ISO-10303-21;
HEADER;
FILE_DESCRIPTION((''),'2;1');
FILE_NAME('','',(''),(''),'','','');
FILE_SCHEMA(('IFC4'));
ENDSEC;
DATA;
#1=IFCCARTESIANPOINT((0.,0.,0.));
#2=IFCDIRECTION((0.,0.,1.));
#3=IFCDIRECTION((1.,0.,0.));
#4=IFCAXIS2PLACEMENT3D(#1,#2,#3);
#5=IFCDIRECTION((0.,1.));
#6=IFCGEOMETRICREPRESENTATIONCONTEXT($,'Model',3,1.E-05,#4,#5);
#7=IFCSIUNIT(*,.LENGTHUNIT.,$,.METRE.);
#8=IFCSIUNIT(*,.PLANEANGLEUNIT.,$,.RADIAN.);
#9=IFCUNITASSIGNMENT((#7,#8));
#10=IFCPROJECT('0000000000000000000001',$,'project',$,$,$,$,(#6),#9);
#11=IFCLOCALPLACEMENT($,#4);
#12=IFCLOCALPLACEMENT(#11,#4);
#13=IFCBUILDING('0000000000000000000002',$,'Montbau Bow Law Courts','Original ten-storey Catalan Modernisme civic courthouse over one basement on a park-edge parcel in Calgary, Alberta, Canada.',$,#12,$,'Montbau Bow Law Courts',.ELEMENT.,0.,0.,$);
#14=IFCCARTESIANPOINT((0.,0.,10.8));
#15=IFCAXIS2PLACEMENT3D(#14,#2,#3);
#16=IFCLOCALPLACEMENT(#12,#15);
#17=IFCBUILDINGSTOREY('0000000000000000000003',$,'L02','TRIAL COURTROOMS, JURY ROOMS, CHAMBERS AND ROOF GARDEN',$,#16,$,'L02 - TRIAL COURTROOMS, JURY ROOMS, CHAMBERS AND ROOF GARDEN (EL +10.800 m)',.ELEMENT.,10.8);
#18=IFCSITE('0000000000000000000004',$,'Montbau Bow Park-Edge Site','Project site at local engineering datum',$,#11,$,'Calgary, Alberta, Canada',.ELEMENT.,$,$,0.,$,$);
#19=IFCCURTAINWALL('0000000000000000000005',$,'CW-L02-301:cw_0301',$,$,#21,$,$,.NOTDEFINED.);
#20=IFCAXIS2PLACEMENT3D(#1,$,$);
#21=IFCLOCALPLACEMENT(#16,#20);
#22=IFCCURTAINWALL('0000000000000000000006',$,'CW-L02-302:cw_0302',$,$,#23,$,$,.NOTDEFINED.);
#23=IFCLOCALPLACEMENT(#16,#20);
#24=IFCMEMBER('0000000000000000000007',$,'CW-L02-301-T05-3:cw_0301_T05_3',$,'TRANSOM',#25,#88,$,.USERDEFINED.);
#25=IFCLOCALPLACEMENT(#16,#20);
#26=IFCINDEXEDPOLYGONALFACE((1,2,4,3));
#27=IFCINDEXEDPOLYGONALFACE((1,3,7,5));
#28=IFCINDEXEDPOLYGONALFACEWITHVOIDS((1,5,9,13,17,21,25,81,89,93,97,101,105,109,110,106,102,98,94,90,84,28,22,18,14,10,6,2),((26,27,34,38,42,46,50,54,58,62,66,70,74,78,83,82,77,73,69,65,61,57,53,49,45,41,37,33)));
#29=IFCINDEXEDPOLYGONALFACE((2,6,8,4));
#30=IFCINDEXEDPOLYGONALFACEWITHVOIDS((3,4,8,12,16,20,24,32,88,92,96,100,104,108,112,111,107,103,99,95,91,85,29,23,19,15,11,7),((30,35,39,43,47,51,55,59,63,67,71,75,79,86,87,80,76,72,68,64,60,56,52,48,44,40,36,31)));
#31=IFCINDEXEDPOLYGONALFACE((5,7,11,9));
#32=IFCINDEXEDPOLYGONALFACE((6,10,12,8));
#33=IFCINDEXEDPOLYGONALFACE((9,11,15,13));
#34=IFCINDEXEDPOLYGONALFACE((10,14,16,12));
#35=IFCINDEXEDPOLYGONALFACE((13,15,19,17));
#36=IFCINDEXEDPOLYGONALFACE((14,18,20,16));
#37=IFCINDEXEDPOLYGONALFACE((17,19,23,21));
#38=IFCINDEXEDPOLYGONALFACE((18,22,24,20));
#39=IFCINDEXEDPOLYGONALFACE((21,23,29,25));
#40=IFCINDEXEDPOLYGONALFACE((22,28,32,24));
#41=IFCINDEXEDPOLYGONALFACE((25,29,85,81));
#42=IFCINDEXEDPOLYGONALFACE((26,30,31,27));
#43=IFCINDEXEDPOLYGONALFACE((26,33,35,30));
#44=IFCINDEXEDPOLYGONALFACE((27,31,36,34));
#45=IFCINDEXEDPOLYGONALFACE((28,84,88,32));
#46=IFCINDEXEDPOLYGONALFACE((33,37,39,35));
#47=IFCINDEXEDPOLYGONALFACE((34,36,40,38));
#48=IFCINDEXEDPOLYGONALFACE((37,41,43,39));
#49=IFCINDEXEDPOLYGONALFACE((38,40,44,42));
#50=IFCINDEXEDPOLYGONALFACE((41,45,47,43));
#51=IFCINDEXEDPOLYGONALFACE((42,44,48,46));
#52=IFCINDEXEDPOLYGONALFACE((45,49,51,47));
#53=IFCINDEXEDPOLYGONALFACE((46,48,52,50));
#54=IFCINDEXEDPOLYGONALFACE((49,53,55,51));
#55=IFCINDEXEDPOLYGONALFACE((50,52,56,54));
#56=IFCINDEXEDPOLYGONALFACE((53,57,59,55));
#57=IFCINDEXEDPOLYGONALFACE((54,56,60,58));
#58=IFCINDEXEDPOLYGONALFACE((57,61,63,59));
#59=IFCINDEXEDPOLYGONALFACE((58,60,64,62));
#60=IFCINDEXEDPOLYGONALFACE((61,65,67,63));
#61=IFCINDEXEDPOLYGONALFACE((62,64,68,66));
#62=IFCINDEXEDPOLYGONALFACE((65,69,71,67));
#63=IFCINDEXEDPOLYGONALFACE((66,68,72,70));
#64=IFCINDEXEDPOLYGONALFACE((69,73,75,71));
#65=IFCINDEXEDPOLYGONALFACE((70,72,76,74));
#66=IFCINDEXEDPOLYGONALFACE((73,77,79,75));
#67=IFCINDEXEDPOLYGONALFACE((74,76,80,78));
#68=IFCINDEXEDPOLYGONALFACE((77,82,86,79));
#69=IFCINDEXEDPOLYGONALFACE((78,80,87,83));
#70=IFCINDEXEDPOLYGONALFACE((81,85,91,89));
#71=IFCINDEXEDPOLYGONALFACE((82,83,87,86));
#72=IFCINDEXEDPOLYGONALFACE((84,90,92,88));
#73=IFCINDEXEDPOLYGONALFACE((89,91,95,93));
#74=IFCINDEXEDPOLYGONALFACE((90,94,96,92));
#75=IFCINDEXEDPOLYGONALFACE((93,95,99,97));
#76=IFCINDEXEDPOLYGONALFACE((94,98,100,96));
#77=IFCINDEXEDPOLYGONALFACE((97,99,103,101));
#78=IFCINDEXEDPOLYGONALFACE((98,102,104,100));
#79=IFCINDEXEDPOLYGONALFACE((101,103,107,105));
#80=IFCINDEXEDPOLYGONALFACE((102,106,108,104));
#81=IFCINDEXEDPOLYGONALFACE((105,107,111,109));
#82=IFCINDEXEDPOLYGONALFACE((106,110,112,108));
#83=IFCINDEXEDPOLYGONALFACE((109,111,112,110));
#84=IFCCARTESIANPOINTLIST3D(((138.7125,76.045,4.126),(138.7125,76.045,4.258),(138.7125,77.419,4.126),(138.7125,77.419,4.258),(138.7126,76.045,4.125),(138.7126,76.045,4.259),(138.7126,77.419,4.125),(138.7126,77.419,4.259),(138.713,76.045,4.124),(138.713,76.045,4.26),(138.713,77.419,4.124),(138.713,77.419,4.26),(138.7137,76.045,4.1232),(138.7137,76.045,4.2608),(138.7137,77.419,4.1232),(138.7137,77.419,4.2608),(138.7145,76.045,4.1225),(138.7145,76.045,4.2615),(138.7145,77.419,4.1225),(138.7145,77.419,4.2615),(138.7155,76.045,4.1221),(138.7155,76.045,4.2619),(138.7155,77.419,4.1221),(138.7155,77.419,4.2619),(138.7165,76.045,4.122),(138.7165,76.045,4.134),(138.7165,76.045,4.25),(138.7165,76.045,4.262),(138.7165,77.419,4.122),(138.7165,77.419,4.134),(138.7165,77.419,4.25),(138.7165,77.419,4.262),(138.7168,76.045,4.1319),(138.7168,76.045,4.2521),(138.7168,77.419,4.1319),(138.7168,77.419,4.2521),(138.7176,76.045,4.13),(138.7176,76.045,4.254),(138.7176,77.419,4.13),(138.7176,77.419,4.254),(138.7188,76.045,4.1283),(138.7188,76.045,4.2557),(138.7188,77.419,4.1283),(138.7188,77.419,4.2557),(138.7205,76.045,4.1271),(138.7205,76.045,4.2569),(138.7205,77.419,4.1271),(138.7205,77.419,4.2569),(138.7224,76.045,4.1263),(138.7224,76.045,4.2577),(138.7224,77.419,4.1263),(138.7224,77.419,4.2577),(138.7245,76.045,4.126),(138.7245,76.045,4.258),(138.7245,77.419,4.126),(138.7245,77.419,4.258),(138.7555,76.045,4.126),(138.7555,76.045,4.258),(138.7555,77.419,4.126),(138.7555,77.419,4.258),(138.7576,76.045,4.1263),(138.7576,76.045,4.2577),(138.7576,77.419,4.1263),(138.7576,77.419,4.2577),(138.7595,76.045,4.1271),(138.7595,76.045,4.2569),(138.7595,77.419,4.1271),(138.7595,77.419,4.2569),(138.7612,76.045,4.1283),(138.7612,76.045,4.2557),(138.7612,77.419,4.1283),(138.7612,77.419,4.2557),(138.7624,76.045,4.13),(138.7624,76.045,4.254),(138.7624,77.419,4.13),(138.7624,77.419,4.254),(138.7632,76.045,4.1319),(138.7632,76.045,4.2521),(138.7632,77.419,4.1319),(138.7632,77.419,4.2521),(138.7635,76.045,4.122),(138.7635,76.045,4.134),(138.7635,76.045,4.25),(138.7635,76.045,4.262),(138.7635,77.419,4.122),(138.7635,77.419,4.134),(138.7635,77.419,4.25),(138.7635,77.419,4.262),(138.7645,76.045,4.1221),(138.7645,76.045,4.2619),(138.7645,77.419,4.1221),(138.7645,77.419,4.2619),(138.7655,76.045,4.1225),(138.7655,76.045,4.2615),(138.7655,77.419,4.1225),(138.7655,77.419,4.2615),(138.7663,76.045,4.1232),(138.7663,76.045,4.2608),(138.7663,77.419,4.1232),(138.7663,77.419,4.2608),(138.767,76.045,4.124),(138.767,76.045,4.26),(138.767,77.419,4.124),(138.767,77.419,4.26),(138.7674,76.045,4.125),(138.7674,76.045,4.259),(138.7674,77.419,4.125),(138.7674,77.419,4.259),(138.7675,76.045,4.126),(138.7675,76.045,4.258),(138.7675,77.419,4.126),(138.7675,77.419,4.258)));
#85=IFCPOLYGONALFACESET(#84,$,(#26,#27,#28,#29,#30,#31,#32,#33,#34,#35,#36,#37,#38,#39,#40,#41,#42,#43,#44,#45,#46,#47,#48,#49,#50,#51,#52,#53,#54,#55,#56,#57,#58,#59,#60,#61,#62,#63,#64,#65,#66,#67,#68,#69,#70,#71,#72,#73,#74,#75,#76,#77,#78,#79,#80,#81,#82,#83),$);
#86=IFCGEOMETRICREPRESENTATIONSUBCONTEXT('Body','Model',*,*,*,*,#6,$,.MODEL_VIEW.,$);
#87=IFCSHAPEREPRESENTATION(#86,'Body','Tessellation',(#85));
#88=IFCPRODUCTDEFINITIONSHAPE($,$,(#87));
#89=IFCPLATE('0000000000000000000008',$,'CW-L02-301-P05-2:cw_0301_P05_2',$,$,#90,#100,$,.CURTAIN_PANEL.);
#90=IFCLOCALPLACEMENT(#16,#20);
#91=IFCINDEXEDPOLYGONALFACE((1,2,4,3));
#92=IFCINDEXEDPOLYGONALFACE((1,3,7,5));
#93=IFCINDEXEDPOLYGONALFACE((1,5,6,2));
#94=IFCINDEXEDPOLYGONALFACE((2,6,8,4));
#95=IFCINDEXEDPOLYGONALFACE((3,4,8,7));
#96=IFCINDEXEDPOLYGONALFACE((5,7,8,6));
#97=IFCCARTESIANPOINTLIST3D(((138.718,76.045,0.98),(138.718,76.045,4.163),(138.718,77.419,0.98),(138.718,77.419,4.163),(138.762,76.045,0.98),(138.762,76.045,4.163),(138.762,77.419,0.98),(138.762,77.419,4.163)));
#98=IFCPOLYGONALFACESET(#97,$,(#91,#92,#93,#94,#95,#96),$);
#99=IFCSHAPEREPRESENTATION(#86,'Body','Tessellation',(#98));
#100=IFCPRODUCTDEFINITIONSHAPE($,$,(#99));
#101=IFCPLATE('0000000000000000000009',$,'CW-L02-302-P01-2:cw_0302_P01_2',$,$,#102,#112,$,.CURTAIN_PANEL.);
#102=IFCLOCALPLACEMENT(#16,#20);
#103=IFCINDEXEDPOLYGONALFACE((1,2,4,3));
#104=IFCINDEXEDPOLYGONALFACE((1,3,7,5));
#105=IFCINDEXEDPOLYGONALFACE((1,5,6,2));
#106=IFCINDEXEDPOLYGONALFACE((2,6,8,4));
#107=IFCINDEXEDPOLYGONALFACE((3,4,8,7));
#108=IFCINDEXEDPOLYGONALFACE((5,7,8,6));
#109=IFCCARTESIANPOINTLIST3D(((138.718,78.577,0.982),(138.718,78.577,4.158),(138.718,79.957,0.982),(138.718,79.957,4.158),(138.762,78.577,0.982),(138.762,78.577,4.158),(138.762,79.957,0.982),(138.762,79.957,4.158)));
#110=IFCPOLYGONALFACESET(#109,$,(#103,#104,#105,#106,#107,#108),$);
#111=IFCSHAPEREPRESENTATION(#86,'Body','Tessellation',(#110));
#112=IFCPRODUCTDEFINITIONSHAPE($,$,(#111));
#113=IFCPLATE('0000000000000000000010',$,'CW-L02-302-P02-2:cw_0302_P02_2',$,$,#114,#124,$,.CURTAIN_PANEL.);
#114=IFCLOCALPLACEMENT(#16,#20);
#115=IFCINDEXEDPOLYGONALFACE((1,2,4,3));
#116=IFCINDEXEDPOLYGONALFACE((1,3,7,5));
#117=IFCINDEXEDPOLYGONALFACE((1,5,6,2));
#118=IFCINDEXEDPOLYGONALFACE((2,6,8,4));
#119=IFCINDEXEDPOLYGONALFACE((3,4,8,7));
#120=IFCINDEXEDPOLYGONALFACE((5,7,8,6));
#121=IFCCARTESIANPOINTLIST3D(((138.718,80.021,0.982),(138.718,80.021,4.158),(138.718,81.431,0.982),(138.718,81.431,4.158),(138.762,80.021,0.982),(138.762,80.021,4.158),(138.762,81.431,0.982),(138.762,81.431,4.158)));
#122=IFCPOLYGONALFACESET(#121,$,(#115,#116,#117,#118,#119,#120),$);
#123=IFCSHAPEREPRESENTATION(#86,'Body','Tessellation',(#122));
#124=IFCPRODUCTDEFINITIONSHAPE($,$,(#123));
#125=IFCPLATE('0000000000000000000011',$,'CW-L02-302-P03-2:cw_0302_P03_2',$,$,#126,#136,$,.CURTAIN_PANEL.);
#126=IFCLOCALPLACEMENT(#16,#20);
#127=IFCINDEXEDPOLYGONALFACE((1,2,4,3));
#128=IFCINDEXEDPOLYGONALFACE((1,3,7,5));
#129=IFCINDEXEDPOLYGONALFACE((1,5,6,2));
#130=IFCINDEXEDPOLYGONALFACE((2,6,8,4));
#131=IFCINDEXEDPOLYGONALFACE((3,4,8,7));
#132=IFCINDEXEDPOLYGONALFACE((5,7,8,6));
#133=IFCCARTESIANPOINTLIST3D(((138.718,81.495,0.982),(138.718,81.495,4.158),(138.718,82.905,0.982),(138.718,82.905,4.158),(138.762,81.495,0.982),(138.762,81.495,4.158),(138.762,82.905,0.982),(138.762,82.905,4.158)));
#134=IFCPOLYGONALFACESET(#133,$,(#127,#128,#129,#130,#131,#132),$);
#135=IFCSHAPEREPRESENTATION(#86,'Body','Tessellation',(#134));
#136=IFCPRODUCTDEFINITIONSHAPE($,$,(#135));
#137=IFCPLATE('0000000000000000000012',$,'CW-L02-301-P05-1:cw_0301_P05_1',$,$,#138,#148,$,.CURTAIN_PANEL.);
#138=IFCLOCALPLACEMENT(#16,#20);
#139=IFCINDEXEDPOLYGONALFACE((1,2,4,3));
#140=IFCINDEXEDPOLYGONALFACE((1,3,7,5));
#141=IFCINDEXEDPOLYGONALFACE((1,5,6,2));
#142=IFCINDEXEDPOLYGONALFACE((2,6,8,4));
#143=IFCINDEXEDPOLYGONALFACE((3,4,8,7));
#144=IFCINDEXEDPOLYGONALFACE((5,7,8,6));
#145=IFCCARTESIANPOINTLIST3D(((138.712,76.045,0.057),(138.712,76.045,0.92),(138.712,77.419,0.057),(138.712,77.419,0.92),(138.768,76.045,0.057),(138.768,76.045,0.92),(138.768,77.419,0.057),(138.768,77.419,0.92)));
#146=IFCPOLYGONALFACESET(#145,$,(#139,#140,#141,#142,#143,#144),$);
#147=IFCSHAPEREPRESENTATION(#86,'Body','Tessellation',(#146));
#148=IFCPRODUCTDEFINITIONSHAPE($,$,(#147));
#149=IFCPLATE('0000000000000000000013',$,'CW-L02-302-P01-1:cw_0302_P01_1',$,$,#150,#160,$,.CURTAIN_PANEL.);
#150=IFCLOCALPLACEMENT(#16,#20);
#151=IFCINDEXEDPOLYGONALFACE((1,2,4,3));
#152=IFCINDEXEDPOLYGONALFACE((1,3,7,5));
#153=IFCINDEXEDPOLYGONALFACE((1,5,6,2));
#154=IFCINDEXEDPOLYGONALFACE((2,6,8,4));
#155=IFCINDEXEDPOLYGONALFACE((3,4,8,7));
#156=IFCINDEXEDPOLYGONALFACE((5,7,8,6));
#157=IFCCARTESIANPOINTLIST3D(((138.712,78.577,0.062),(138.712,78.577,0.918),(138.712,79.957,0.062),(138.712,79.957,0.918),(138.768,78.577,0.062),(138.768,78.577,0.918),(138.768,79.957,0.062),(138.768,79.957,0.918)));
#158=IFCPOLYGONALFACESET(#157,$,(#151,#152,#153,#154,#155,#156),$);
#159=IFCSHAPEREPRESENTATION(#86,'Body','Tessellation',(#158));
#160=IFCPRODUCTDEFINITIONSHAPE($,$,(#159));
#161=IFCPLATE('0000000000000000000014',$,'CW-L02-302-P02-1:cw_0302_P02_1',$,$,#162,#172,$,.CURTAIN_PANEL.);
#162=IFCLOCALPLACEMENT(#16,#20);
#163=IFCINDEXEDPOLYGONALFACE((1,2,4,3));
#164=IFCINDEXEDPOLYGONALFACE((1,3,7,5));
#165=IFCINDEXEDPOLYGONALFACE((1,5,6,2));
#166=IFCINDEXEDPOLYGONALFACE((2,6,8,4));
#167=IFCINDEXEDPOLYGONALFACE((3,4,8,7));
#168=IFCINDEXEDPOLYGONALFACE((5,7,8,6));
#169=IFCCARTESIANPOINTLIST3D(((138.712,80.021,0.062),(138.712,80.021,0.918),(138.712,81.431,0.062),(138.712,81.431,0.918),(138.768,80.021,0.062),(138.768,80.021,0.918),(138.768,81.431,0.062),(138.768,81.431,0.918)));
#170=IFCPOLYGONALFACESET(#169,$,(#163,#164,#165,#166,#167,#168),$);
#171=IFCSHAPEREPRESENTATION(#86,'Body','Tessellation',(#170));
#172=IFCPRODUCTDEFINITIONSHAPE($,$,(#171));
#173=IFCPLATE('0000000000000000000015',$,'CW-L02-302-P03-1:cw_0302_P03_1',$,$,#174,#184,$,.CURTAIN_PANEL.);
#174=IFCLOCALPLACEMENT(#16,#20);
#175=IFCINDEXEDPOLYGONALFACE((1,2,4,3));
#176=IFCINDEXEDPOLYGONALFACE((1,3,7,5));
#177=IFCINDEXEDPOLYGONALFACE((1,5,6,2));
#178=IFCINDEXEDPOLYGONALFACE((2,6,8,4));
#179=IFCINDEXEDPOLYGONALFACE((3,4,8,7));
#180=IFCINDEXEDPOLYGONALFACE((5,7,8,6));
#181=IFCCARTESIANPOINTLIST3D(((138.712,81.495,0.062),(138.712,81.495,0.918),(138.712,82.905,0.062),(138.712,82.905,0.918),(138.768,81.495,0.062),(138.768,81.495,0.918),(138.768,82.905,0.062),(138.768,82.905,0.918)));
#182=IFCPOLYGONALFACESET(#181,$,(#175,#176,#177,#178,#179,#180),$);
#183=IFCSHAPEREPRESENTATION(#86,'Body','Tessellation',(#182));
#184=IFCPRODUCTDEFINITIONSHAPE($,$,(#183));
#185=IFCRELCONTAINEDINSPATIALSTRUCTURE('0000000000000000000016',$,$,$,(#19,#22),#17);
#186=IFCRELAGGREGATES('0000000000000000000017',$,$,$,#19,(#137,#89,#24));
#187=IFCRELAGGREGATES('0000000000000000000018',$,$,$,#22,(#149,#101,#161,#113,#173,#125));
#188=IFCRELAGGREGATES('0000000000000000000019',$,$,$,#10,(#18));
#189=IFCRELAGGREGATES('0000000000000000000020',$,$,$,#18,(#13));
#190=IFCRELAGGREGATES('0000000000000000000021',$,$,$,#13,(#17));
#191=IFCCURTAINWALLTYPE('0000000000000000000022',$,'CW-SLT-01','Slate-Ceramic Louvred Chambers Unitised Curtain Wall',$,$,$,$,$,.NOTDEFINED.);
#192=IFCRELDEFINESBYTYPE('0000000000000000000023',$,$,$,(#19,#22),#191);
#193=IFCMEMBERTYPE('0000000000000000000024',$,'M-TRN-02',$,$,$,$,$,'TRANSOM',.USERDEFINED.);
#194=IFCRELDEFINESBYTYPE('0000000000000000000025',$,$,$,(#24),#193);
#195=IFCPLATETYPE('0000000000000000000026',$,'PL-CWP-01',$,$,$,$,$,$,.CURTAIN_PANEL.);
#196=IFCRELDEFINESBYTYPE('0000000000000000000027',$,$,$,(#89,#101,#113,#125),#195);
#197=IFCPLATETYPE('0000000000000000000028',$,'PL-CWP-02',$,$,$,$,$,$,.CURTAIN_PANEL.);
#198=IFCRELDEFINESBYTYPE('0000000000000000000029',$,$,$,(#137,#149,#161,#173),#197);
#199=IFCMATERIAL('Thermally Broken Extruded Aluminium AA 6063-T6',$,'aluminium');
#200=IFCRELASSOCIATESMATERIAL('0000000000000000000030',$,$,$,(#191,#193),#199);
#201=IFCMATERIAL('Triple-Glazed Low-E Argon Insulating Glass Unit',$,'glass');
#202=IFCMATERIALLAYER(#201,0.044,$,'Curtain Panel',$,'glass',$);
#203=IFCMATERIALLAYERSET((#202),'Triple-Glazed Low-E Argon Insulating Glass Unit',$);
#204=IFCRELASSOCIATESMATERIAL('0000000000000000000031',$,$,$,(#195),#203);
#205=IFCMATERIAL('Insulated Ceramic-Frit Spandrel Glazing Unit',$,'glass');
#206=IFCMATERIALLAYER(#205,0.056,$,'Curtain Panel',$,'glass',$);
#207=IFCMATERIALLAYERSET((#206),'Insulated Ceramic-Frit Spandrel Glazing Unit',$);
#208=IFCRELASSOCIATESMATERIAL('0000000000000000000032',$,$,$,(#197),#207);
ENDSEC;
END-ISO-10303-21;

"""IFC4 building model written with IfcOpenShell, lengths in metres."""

from ifc_helpers import new_model, si_unit, direction, frame, frame_2d, origin_with_axes, origin_2d_with_axis, place, context, subcontext, project, spatial, rectangle, hollow_rectangle, extrude, material, layer, layer_set, material_profile, profile_set, type_object, element, aggregate, save


model = new_model("IFC4")

# Units and contexts
model_context = context("Model", 3, precision=1e-05, world=origin_with_axes(), true_north=direction((0.0, 1.0)))
body_context = subcontext(model_context, "Body", "Model", "MODEL_VIEW")
ifc_project = project(units=[si_unit("LENGTHUNIT", "METRE"), si_unit("PLANEANGLEUNIT", "RADIAN")], contexts=[model_context])

# Site, building, storey
site_placement = place(None, origin_with_axes())
site = spatial("IfcSite", under=ifc_project, at=site_placement, Name="Montbau Bow Park-Edge Site", Description="Project site at local engineering datum", LongName="Calgary, Alberta, Canada", CompositionType="ELEMENT", RefElevation=0.0)
building_placement = place(site_placement, origin_with_axes())
building = spatial("IfcBuilding", under=site, at=building_placement, Name="Montbau Bow Law Courts", Description="Original ten-storey Catalan Modernisme civic courthouse over one basement on a park-edge parcel in Calgary, Alberta, Canada.", LongName="Montbau Bow Law Courts", CompositionType="ELEMENT", ElevationOfRefHeight=0.0, ElevationOfTerrain=0.0)
storey_placement = place(building_placement, frame((0.0, 0.0, 10.8), z_axis=(0.0, 0.0, 1.0), x_axis=(1.0, 0.0, 0.0)))
storey = spatial("IfcBuildingStorey", under=building, at=storey_placement, Name="L02", Description="TRIAL COURTROOMS, JURY ROOMS, CHAMBERS AND ROOF GARDEN", LongName="L02 - TRIAL COURTROOMS, JURY ROOMS, CHAMBERS AND ROOF GARDEN (EL +10.800 m)", CompositionType="ELEMENT", Elevation=10.8)

# Curtain walls
ifc_material_1 = material(Name="Thermally Broken Extruded Aluminium AA 6063-T6", Category="aluminium")
curtain_wall_type = type_object("IfcCurtainWallType", Name="CW-SLT-01", Description="Slate-Ceramic Louvred Chambers Unitised Curtain Wall", PredefinedType="NOTDEFINED", material=ifc_material_1)
curtain_wall_1_placement = place(None, frame((138.74, 70.115, 10.8), z_axis=(0.0, 0.0, 1.0), x_axis=(1.0, 0.0, 0.0)))
curtain_wall_1 = element("IfcCurtainWall", 1, at=curtain_wall_1_placement, inside=storey, type_object=curtain_wall_type, Name="CW-L02-301:cw_0301", PredefinedType="NOTDEFINED")
curtain_wall_2_placement = place(None, frame((138.74, 78.515, 10.8), z_axis=(0.0, 0.0, 1.0), x_axis=(1.0, 0.0, 0.0)))
curtain_wall_2 = element("IfcCurtainWall", 2, at=curtain_wall_2_placement, inside=storey, type_object=curtain_wall_type, Name="CW-L02-302:cw_0302", PredefinedType="NOTDEFINED")

# Member
ifc_material_profile_1 = material_profile(ifc_material_1, hollow_rectangle(XDim=0.055, YDim=0.14, WallThickness=0.004, InnerFilletRadius=0.008, OuterFilletRadius=0.004, at=origin_2d_with_axis()), Name="CWT-140X55", Category="Main", Priority=0)
ifc_profile_set_1 = profile_set([ifc_material_profile_1], Name="Thermally Broken Extruded Aluminium AA 6063-T6")
member_type_1 = type_object("IfcMemberType", Name="M-TRN-02", ElementType="TRANSOM", PredefinedType="USERDEFINED", material=ifc_profile_set_1)
member_1_placement = place(None, frame((138.74, 76.045, 14.992), z_axis=(0.0, 1.0, 0.0), x_axis=(-1.0, 0.0, 0.0)))
member_1 = element("IfcMember", 3, at=member_1_placement, type_object=member_type_1, Name="CW-L02-301-T05-3:cw_0301_T05_3", ObjectType="TRANSOM", PredefinedType="USERDEFINED", context=body_context, shape_type="SweptSolid", body=[
    extrude(hollow_rectangle(XDim=0.055, YDim=0.14, WallThickness=0.004, InnerFilletRadius=0.008, OuterFilletRadius=0.004, at=origin_2d_with_axis()), origin_with_axes(), (0.0, 0.0, 1.0), 1.374),
])

# Plates
ifc_material_2 = material(Name="Triple-Glazed Low-E Argon Insulating Glass Unit", Category="glass")
ifc_layer_1 = layer(ifc_material_2, 0.044, Name="Curtain Panel", Category="glass")
ifc_layer_set_1 = layer_set([ifc_layer_1], Name="Triple-Glazed Low-E Argon Insulating Glass Unit")
plate_type_1 = type_object("IfcPlateType", Name="PL-CWP-01", PredefinedType="CURTAIN_PANEL", material=ifc_layer_set_1)
plate_1_placement = place(None, frame((138.74, 76.045, 11.78), z_axis=(1.0, 0.0, 0.0), x_axis=(0.0, 1.0, 0.0)))
plate_1 = element("IfcPlate", 4, at=plate_1_placement, type_object=plate_type_1, Name="CW-L02-301-P05-2:cw_0301_P05_2", PredefinedType="CURTAIN_PANEL", context=body_context, shape_type="SweptSolid", body=[
    extrude(rectangle(XDim=1.374, YDim=3.183, at=frame_2d((0.687, 1.5915), x_axis=(1.0, 0.0))), frame((0.0, 0.0, -0.022), z_axis=(0.0, 0.0, 1.0), x_axis=(1.0, 0.0, 0.0)), (0.0, 0.0, 1.0), 0.044),
])
plate_2_placement = place(None, frame((138.74, 78.577, 11.782), z_axis=(1.0, 0.0, 0.0), x_axis=(0.0, 1.0, 0.0)))
plate_2 = element("IfcPlate", 5, at=plate_2_placement, type_object=plate_type_1, Name="CW-L02-302-P01-2:cw_0302_P01_2", PredefinedType="CURTAIN_PANEL", context=body_context, shape_type="SweptSolid", body=[
    extrude(rectangle(XDim=1.38, YDim=3.176, at=frame_2d((0.69, 1.588), x_axis=(1.0, 0.0))), frame((0.0, 0.0, -0.022), z_axis=(0.0, 0.0, 1.0), x_axis=(1.0, 0.0, 0.0)), (0.0, 0.0, 1.0), 0.044),
])
plate_3_placement = place(None, frame((138.74, 80.021, 11.782), z_axis=(1.0, 0.0, 0.0), x_axis=(0.0, 1.0, 0.0)))
plate_3 = element("IfcPlate", 6, at=plate_3_placement, type_object=plate_type_1, Name="CW-L02-302-P02-2:cw_0302_P02_2", PredefinedType="CURTAIN_PANEL", context=body_context, shape_type="SweptSolid", body=[
    extrude(rectangle(XDim=1.41, YDim=3.176, at=frame_2d((0.705, 1.588), x_axis=(1.0, 0.0))), frame((0.0, 0.0, -0.022), z_axis=(0.0, 0.0, 1.0), x_axis=(1.0, 0.0, 0.0)), (0.0, 0.0, 1.0), 0.044),
])
plate_4_placement = place(None, frame((138.74, 81.495, 11.782), z_axis=(1.0, 0.0, 0.0), x_axis=(0.0, 1.0, 0.0)))
plate_4 = element("IfcPlate", 7, at=plate_4_placement, type_object=plate_type_1, Name="CW-L02-302-P03-2:cw_0302_P03_2", PredefinedType="CURTAIN_PANEL", context=body_context, shape_type="SweptSolid", body=[
    extrude(rectangle(XDim=1.41, YDim=3.176, at=frame_2d((0.705, 1.588), x_axis=(1.0, 0.0))), frame((0.0, 0.0, -0.022), z_axis=(0.0, 0.0, 1.0), x_axis=(1.0, 0.0, 0.0)), (0.0, 0.0, 1.0), 0.044),
])
ifc_material_3 = material(Name="Insulated Ceramic-Frit Spandrel Glazing Unit", Category="glass")
ifc_layer_2 = layer(ifc_material_3, 0.056, Name="Curtain Panel", Category="glass")
ifc_layer_set_2 = layer_set([ifc_layer_2], Name="Insulated Ceramic-Frit Spandrel Glazing Unit")
plate_type_2 = type_object("IfcPlateType", Name="PL-CWP-02", PredefinedType="CURTAIN_PANEL", material=ifc_layer_set_2)
plate_5_placement = place(None, frame((138.74, 76.045, 10.857), z_axis=(1.0, 0.0, 0.0), x_axis=(0.0, 1.0, 0.0)))
plate_5 = element("IfcPlate", 8, at=plate_5_placement, type_object=plate_type_2, Name="CW-L02-301-P05-1:cw_0301_P05_1", PredefinedType="CURTAIN_PANEL", context=body_context, shape_type="SweptSolid", body=[
    extrude(rectangle(XDim=1.374, YDim=0.863, at=frame_2d((0.687, 0.4315), x_axis=(1.0, 0.0))), frame((0.0, 0.0, -0.028), z_axis=(0.0, 0.0, 1.0), x_axis=(1.0, 0.0, 0.0)), (0.0, 0.0, 1.0), 0.056),
])
aggregate(curtain_wall_1, [plate_5, plate_1, member_1])
plate_6_placement = place(None, frame((138.74, 78.577, 10.862), z_axis=(1.0, 0.0, 0.0), x_axis=(0.0, 1.0, 0.0)))
plate_6 = element("IfcPlate", 9, at=plate_6_placement, type_object=plate_type_2, Name="CW-L02-302-P01-1:cw_0302_P01_1", PredefinedType="CURTAIN_PANEL", context=body_context, shape_type="SweptSolid", body=[
    extrude(rectangle(XDim=1.38, YDim=0.856, at=frame_2d((0.69, 0.428), x_axis=(1.0, 0.0))), frame((0.0, 0.0, -0.028), z_axis=(0.0, 0.0, 1.0), x_axis=(1.0, 0.0, 0.0)), (0.0, 0.0, 1.0), 0.056),
])
plate_7_placement = place(None, frame((138.74, 80.021, 10.862), z_axis=(1.0, 0.0, 0.0), x_axis=(0.0, 1.0, 0.0)))
plate_7 = element("IfcPlate", 10, at=plate_7_placement, type_object=plate_type_2, Name="CW-L02-302-P02-1:cw_0302_P02_1", PredefinedType="CURTAIN_PANEL", context=body_context, shape_type="SweptSolid", body=[
    extrude(rectangle(XDim=1.41, YDim=0.856, at=frame_2d((0.705, 0.428), x_axis=(1.0, 0.0))), frame((0.0, 0.0, -0.028), z_axis=(0.0, 0.0, 1.0), x_axis=(1.0, 0.0, 0.0)), (0.0, 0.0, 1.0), 0.056),
])
plate_8_placement = place(None, frame((138.74, 81.495, 10.862), z_axis=(1.0, 0.0, 0.0), x_axis=(0.0, 1.0, 0.0)))
plate_8 = element("IfcPlate", 11, at=plate_8_placement, type_object=plate_type_2, Name="CW-L02-302-P03-1:cw_0302_P03_1", PredefinedType="CURTAIN_PANEL", context=body_context, shape_type="SweptSolid", body=[
    extrude(rectangle(XDim=1.41, YDim=0.856, at=frame_2d((0.705, 0.428), x_axis=(1.0, 0.0))), frame((0.0, 0.0, -0.028), z_axis=(0.0, 0.0, 1.0), x_axis=(1.0, 0.0, 0.0)), (0.0, 0.0, 1.0), 0.056),
])
aggregate(curtain_wall_2, [plate_6, plate_2, plate_7, plate_3, plate_8, plate_4])

save(model, "model.ifc")
